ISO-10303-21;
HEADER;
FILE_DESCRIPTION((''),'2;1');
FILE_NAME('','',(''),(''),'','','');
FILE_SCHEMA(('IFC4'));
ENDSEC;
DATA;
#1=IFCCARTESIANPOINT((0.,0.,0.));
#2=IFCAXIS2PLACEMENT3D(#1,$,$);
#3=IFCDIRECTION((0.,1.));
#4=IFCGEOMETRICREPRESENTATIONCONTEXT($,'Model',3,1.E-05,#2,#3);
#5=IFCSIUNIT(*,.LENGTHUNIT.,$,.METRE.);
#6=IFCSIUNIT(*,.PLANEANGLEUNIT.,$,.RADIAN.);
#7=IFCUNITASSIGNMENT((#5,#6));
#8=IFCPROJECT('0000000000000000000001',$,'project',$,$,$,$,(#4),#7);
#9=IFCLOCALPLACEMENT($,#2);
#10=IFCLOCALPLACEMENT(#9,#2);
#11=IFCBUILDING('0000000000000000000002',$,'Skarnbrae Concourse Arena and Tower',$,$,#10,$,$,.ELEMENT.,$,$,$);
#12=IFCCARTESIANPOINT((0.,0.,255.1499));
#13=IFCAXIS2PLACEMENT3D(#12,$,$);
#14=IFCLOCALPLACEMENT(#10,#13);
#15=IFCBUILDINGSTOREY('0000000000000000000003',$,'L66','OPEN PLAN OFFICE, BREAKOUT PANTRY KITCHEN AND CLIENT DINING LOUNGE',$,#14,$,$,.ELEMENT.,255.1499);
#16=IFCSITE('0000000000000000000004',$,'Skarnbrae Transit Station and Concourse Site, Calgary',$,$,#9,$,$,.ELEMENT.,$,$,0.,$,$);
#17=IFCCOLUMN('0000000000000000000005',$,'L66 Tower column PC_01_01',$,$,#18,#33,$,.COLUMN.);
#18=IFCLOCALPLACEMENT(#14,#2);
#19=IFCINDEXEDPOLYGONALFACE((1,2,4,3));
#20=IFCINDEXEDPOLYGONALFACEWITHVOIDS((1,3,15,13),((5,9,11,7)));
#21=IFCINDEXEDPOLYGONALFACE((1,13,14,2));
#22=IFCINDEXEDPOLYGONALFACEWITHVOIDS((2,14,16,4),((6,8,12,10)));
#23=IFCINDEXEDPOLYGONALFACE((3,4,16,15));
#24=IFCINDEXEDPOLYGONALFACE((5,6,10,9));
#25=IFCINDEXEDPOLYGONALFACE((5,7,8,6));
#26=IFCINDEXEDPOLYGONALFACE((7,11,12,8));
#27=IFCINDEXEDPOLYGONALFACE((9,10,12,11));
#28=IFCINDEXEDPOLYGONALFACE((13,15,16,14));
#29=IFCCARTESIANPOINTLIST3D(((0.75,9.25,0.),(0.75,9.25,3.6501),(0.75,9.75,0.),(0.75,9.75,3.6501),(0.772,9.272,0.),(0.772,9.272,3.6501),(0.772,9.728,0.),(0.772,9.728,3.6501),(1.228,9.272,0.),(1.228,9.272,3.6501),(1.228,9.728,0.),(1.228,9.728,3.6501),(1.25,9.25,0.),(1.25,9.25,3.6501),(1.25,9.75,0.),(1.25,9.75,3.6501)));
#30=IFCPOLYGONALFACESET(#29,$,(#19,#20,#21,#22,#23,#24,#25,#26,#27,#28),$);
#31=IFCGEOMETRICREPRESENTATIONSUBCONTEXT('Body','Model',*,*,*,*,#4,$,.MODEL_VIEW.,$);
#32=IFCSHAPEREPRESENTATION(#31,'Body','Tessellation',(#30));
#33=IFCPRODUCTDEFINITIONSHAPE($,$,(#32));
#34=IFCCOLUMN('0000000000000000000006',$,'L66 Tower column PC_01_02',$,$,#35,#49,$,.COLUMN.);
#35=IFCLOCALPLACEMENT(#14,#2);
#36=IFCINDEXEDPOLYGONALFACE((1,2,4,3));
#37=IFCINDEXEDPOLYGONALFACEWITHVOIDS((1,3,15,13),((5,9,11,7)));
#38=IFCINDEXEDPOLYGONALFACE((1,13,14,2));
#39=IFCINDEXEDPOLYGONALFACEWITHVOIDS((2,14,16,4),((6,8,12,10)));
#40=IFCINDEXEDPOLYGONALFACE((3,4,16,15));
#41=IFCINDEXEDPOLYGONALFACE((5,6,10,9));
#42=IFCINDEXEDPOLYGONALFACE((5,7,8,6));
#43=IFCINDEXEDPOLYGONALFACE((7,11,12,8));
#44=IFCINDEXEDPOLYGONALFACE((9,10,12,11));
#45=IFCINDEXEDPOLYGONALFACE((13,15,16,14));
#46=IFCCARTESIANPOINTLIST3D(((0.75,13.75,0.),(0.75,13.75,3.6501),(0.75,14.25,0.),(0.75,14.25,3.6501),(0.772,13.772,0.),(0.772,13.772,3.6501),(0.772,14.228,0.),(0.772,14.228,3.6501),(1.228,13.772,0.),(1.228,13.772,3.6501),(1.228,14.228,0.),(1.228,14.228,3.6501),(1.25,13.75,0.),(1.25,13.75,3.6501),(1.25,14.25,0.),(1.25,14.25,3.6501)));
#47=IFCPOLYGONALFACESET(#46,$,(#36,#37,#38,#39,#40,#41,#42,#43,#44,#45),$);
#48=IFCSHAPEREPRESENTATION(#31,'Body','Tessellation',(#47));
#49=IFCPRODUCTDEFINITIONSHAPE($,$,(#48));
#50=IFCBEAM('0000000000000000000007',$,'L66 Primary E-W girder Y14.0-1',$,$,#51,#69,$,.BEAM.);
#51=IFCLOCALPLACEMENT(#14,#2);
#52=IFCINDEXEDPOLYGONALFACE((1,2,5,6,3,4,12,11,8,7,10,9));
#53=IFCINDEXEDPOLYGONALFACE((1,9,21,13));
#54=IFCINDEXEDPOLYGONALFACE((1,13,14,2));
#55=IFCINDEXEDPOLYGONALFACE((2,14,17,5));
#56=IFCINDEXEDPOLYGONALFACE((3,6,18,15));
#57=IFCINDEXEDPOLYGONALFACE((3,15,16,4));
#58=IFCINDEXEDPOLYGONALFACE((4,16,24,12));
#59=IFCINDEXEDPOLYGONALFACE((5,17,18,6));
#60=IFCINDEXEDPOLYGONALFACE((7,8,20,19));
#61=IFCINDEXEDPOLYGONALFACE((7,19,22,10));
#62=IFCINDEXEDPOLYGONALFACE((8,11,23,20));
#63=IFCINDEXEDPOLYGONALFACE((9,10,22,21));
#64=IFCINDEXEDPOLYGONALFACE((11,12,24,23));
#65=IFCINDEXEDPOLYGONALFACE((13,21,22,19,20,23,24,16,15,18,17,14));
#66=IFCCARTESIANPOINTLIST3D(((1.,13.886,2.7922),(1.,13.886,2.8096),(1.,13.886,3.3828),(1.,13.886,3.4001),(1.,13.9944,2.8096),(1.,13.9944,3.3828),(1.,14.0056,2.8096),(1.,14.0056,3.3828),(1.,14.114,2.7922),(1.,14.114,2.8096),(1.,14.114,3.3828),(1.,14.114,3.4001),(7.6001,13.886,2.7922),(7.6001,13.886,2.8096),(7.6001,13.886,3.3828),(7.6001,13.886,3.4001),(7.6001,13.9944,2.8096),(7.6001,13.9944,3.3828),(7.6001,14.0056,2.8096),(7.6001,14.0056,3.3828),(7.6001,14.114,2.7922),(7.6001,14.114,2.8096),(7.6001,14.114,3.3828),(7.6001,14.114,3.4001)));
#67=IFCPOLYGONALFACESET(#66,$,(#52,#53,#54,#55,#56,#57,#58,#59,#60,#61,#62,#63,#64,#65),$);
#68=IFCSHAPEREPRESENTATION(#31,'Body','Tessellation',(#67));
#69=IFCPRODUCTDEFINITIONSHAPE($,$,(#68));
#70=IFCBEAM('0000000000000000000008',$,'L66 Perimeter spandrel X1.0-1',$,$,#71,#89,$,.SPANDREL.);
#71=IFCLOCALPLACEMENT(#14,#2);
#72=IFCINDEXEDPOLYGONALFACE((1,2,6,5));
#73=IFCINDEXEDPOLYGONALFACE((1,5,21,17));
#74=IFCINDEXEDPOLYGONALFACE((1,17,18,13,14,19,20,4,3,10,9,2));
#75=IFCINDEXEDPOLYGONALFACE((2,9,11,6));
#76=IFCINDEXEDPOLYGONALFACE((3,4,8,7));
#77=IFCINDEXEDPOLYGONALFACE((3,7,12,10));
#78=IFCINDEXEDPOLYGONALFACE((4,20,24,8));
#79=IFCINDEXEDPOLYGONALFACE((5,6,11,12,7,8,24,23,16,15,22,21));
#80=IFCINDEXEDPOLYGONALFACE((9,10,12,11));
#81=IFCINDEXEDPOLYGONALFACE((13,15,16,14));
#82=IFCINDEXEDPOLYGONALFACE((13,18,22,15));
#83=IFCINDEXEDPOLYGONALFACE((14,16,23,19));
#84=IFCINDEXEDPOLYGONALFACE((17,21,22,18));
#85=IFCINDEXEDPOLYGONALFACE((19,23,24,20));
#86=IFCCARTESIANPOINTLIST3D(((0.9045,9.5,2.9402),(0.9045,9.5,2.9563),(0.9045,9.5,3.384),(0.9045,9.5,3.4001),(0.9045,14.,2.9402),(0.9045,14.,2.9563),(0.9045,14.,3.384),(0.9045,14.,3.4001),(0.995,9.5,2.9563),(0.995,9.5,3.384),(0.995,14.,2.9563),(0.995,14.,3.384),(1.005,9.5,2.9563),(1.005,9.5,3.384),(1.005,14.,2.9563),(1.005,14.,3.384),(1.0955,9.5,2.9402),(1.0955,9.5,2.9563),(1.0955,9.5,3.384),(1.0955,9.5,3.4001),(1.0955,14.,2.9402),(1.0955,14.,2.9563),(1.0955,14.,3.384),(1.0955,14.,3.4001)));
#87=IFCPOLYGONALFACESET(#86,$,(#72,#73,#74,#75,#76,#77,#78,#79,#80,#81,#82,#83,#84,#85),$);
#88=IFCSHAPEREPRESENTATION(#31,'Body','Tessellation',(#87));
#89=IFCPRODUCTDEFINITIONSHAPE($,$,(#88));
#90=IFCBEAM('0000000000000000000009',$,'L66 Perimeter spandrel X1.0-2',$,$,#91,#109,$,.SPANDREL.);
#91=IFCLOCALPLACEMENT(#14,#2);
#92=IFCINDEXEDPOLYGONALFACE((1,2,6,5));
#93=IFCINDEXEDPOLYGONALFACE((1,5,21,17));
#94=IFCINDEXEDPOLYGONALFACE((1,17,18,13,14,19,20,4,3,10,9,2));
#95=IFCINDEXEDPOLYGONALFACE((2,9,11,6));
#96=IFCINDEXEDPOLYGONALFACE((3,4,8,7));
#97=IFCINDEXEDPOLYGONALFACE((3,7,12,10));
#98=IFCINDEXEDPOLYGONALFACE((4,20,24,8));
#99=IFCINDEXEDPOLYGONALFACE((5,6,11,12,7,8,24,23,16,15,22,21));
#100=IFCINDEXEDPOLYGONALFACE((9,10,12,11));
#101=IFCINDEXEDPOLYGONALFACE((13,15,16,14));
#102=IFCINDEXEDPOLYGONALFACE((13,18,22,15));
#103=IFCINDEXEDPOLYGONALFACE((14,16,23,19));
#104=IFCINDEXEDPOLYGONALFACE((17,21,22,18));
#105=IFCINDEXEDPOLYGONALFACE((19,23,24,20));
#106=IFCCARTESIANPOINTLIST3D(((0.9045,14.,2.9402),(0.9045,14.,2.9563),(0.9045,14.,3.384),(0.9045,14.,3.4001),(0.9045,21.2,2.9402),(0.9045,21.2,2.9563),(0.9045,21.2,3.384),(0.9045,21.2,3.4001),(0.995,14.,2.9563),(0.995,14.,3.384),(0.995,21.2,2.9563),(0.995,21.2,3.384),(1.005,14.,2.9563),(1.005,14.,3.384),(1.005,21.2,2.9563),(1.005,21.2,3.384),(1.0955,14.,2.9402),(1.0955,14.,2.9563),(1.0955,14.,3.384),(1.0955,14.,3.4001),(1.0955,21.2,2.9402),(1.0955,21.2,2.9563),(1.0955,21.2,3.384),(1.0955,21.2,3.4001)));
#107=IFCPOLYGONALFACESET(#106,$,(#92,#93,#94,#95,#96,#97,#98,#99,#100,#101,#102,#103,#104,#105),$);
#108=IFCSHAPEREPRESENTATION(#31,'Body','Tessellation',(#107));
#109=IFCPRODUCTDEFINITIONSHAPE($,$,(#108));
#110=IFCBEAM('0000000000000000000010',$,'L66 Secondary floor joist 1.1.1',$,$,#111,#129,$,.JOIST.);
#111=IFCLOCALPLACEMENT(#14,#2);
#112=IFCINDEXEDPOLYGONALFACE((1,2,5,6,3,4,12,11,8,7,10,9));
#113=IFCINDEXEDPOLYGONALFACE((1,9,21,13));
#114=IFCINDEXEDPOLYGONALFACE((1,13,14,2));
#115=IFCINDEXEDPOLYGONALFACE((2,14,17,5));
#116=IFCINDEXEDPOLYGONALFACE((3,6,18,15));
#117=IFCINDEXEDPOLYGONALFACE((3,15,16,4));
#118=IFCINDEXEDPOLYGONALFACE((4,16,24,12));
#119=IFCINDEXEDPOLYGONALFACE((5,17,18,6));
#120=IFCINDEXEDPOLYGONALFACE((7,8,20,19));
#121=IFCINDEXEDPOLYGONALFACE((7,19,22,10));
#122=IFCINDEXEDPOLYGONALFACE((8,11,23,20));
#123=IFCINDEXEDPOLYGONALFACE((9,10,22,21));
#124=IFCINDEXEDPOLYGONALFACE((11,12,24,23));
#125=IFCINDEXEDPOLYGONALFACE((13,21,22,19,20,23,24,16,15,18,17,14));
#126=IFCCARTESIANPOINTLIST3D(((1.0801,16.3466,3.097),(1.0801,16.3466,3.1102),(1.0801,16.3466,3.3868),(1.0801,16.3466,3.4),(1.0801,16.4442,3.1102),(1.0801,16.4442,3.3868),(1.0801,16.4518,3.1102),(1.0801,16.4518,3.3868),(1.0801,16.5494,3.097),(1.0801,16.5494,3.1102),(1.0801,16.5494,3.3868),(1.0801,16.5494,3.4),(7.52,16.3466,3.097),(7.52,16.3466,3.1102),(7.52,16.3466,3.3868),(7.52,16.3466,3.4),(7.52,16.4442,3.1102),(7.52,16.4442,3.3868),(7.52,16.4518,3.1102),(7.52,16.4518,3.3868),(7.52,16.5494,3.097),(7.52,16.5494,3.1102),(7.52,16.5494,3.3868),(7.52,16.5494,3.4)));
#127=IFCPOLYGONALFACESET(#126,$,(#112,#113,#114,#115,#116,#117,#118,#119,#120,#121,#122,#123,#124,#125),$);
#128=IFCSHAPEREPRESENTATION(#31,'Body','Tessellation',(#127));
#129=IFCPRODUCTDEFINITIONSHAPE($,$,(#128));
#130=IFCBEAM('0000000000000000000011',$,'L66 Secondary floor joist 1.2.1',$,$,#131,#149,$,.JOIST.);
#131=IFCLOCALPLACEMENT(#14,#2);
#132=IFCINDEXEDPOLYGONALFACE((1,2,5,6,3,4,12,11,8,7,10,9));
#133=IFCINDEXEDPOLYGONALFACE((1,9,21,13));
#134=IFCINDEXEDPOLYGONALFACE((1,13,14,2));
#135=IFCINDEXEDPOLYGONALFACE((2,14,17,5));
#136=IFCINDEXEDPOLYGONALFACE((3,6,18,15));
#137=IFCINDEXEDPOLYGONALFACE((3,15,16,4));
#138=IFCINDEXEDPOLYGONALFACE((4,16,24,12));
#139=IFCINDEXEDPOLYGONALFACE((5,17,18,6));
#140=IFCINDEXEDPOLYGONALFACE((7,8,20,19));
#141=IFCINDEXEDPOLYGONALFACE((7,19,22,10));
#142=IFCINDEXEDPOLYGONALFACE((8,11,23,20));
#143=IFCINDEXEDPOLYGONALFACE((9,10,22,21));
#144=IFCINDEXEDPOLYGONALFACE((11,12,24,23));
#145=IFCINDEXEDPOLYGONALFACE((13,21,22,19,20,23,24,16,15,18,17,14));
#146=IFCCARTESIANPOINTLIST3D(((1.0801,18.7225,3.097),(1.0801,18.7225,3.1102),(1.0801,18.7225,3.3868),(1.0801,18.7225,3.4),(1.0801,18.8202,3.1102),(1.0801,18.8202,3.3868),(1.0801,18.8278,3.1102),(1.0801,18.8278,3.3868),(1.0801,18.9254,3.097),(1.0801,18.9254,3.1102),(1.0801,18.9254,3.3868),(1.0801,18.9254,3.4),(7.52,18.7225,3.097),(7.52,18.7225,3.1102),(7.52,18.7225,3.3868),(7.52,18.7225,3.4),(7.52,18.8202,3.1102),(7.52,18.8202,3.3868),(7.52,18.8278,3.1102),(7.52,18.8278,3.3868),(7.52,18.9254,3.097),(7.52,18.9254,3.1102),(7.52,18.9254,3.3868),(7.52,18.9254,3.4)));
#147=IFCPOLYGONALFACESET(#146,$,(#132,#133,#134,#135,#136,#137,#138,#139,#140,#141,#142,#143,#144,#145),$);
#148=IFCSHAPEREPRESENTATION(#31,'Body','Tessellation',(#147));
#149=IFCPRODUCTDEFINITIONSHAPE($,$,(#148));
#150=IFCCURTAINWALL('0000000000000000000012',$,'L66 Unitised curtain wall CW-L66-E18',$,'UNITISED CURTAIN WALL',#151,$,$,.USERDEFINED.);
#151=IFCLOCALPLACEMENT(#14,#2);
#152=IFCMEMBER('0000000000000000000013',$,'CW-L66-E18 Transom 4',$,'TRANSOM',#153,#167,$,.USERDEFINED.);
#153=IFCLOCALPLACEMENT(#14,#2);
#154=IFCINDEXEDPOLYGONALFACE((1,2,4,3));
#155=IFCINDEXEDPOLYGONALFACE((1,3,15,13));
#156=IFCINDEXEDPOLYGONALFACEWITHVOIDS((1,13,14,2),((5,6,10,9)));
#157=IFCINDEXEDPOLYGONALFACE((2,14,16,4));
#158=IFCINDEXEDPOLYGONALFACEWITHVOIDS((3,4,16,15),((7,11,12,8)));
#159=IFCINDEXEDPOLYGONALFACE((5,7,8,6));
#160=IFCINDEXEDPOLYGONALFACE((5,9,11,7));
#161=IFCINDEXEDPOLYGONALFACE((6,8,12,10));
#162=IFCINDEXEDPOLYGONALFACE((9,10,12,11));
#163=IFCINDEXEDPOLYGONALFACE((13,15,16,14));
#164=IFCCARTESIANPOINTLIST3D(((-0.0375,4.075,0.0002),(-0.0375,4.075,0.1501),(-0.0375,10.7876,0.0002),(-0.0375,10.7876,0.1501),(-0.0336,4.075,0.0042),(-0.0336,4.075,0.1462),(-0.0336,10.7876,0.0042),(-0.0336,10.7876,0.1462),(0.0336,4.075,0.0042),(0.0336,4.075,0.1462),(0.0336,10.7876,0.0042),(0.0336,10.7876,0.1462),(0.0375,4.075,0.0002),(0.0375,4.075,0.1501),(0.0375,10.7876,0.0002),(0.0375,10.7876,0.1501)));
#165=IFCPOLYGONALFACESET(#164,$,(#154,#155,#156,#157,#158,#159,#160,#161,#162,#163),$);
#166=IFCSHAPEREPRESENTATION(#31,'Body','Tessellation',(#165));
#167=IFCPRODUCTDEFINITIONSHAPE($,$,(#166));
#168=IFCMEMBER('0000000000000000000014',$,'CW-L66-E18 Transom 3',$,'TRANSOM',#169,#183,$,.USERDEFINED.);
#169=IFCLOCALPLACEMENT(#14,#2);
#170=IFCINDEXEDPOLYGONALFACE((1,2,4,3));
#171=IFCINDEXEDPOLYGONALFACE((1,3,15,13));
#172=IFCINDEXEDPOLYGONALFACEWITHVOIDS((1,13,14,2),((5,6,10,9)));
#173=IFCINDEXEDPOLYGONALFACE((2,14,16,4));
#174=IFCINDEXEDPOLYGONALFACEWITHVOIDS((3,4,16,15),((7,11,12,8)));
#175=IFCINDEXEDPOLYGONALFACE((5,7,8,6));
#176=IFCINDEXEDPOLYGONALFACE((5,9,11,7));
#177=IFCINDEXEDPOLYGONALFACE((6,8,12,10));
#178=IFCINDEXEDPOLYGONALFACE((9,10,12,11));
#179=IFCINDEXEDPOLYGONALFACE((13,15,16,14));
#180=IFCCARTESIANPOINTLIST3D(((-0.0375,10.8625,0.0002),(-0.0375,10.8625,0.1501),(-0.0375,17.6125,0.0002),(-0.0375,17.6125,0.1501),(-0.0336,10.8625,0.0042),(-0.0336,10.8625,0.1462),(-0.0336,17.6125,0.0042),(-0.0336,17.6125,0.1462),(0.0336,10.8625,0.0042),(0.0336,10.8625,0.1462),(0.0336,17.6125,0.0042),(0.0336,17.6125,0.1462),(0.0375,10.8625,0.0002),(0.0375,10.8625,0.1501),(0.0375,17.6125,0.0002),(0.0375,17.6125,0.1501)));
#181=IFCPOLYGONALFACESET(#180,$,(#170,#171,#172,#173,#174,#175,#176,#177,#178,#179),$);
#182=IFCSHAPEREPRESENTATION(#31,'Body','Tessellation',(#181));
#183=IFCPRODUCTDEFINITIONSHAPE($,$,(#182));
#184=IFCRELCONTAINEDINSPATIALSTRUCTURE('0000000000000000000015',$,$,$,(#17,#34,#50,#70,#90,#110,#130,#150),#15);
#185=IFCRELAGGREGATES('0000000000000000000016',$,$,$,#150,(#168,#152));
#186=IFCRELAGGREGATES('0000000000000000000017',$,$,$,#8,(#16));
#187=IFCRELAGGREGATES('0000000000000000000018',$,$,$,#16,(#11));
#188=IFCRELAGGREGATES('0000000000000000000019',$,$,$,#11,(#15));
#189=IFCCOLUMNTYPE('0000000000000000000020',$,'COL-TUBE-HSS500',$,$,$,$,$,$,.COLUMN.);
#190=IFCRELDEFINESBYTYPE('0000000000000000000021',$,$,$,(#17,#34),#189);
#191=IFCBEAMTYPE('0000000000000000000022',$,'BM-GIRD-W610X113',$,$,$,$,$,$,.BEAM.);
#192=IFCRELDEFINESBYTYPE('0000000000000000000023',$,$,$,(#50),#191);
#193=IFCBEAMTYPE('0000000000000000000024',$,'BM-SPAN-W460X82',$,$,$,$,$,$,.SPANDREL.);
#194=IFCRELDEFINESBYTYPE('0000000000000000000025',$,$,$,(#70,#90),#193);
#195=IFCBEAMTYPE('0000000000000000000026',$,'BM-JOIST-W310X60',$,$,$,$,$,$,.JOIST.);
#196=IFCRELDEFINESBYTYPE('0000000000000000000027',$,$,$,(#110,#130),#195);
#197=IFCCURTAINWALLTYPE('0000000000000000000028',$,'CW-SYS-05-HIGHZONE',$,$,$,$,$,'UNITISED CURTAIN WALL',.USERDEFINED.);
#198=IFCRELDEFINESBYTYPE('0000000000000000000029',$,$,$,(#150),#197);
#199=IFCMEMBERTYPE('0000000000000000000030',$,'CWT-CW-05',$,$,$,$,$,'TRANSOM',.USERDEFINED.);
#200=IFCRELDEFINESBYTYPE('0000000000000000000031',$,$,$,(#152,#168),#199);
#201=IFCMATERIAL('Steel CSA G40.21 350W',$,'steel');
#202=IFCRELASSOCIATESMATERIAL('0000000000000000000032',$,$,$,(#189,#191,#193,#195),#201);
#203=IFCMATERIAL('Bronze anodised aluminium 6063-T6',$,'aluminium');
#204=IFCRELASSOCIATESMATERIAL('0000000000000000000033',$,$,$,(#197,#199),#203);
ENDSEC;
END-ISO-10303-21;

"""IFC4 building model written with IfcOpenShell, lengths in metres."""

from ifc_helpers import new_model, si_unit, direction, frame, origin, origin_2d, place, context, subcontext, project, spatial, hollow_rectangle, i_section, extrude, source, transform, mapped, material, material_profile, profile_set, type_object, element, aggregate, save


model = new_model("IFC4")

# Units and contexts
model_context = context("Model", 3, precision=1e-05, world=origin(), true_north=direction((0.0, 1.0)))
body_context = subcontext(model_context, "Body", "Model", "MODEL_VIEW")
ifc_project = project(units=[si_unit("LENGTHUNIT", "METRE"), si_unit("PLANEANGLEUNIT", "RADIAN")], contexts=[model_context])

# Site, building, storey
site_placement = place(None, origin())
site = spatial("IfcSite", under=ifc_project, at=site_placement, Name="Skarnbrae Transit Station and Concourse Site, Calgary", CompositionType="ELEMENT", RefElevation=0.0)
building_placement = place(site_placement, origin())
building = spatial("IfcBuilding", under=site, at=building_placement, Name="Skarnbrae Concourse Arena and Tower", CompositionType="ELEMENT")
storey_placement = place(building_placement, frame((0.0, 0.0, 255.1499)))
storey = spatial("IfcBuildingStorey", under=building, at=storey_placement, Name="L66", Description="OPEN PLAN OFFICE, BREAKOUT PANTRY KITCHEN AND CLIENT DINING LOUNGE", CompositionType="ELEMENT", Elevation=255.1499)

# Columns
ifc_material_1 = material(Name="Steel CSA G40.21 350W", Category="steel")
ifc_material_profile_1 = material_profile(ifc_material_1, hollow_rectangle(XDim=0.5, YDim=0.5, WallThickness=0.022, at=origin_2d()), Name="HSS500X500X22.0")
ifc_profile_set_1 = profile_set([ifc_material_profile_1], Name="Steel CSA G40.21 350W")
column_type = type_object("IfcColumnType", Name="COL-TUBE-HSS500", PredefinedType="COLUMN", material=ifc_profile_set_1)
shared_shape_1 = source(origin(), body_context, "Body", "SweptSolid", [
    extrude(hollow_rectangle(XDim=0.5, YDim=0.5, WallThickness=0.022, at=origin_2d()), origin(), (0.0, 0.0, 1.0), 3.6501),
])
for number, where, z_axis, x_axis, name in (
    (1, (1.0, 9.5, 0.0), (0.0, 0.0, 1.0), (1.0, 0.0, 0.0), "L66 Tower column PC_01_01"),
    (2, (1.0, 14.0, 0.0), (0.0, 0.0, 1.0), (1.0, 0.0, 0.0), "L66 Tower column PC_01_02"),
):
    element("IfcColumn", number, at=place(storey_placement, frame(where, z_axis=z_axis, x_axis=x_axis)), inside=storey, type_object=column_type, Name=name, PredefinedType="COLUMN", context=body_context, shape_type="MappedRepresentation", body=[
        mapped(shared_shape_1, transform((0.0, 0.0, 0.0))),
    ])

# Beams
ifc_material_profile_2 = material_profile(ifc_material_1, i_section(OverallWidth=0.228, OverallDepth=0.6079, WebThickness=0.0112, FlangeThickness=0.0173, at=origin_2d()), Name="W610X113")
ifc_profile_set_2 = profile_set([ifc_material_profile_2], Name="Steel CSA G40.21 350W")
beam_type_1 = type_object("IfcBeamType", Name="BM-GIRD-W610X113", PredefinedType="BEAM", material=ifc_profile_set_2)
shared_shape_2 = source(origin(), body_context, "Body", "SweptSolid", [
    extrude(i_section(OverallWidth=0.228, OverallDepth=0.6079, WebThickness=0.0112, FlangeThickness=0.0173, at=origin_2d()), origin(), (0.0, 0.0, 1.0), 6.6001),
])
beam_1_placement = place(storey_placement, frame((1.0, 14.0, 3.0962), z_axis=(1.0, 0.0, 0.0), x_axis=(0.0, 1.0, 0.0)))
element("IfcBeam", 3, at=beam_1_placement, inside=storey, type_object=beam_type_1, Name="L66 Primary E-W girder Y14.0-1", PredefinedType="BEAM", context=body_context, shape_type="MappedRepresentation", body=[
    mapped(shared_shape_2, transform((0.0, 0.0, 0.0))),
])
ifc_material_profile_3 = material_profile(ifc_material_1, i_section(OverallWidth=0.1909, OverallDepth=0.46, WebThickness=0.01, FlangeThickness=0.0161, at=origin_2d()), Name="W460X82")
ifc_profile_set_3 = profile_set([ifc_material_profile_3], Name="Steel CSA G40.21 350W")
beam_type_2 = type_object("IfcBeamType", Name="BM-SPAN-W460X82", PredefinedType="SPANDREL", material=ifc_profile_set_3)
shared_shape_3 = source(origin(), body_context, "Body", "SweptSolid", [
    extrude(i_section(OverallWidth=0.1909, OverallDepth=0.46, WebThickness=0.01, FlangeThickness=0.0161, at=origin_2d()), origin(), (0.0, 0.0, 1.0), 4.5),
])
beam_2_placement = place(storey_placement, frame((1.0, 9.5, 3.1702), z_axis=(0.0, 1.0, 0.0), x_axis=(-1.0, 0.0, 0.0)))
element("IfcBeam", 4, at=beam_2_placement, inside=storey, type_object=beam_type_2, Name="L66 Perimeter spandrel X1.0-1", PredefinedType="SPANDREL", context=body_context, shape_type="MappedRepresentation", body=[
    mapped(shared_shape_3, transform((0.0, 0.0, 0.0))),
])
shared_shape_4 = source(origin(), body_context, "Body", "SweptSolid", [
    extrude(i_section(OverallWidth=0.1909, OverallDepth=0.46, WebThickness=0.01, FlangeThickness=0.0161, at=origin_2d()), origin(), (0.0, 0.0, 1.0), 7.2),
])
beam_3_placement = place(storey_placement, frame((1.0, 14.0, 3.1702), z_axis=(0.0, 1.0, 0.0), x_axis=(-1.0, 0.0, 0.0)))
element("IfcBeam", 5, at=beam_3_placement, inside=storey, type_object=beam_type_2, Name="L66 Perimeter spandrel X1.0-2", PredefinedType="SPANDREL", context=body_context, shape_type="MappedRepresentation", body=[
    mapped(shared_shape_4, transform((0.0, 0.0, 0.0))),
])
ifc_material_profile_4 = material_profile(ifc_material_1, i_section(OverallWidth=0.2029, OverallDepth=0.303, WebThickness=0.0076, FlangeThickness=0.0132, at=origin_2d()), Name="W310X60")
ifc_profile_set_4 = profile_set([ifc_material_profile_4], Name="Steel CSA G40.21 350W")
beam_type_3 = type_object("IfcBeamType", Name="BM-JOIST-W310X60", PredefinedType="JOIST", material=ifc_profile_set_4)
shared_shape_5 = source(origin(), body_context, "Body", "SweptSolid", [
    extrude(i_section(OverallWidth=0.2029, OverallDepth=0.303, WebThickness=0.0076, FlangeThickness=0.0132, at=origin_2d()), origin(), (0.0, 0.0, 1.0), 6.4399),
])
for number, where, z_axis, x_axis, name in (
    (6, (1.0801, 16.448, 3.2485), (1.0, 0.0, 0.0), (0.0, 1.0, 0.0), "L66 Secondary floor joist 1.1.1"),
    (7, (1.0801, 18.824, 3.2485), (1.0, 0.0, 0.0), (0.0, 1.0, 0.0), "L66 Secondary floor joist 1.2.1"),
):
    element("IfcBeam", number, at=place(storey_placement, frame(where, z_axis=z_axis, x_axis=x_axis)), inside=storey, type_object=beam_type_3, Name=name, PredefinedType="JOIST", context=body_context, shape_type="MappedRepresentation", body=[
        mapped(shared_shape_5, transform((0.0, 0.0, 0.0))),
    ])

# Curtain wall, members
ifc_material_2 = material(Name="Bronze anodised aluminium 6063-T6", Category="aluminium")
curtain_wall_type = type_object("IfcCurtainWallType", Name="CW-SYS-05-HIGHZONE", ElementType="UNITISED CURTAIN WALL", PredefinedType="USERDEFINED", material=ifc_material_2)
curtain_wall_placement = place(storey_placement, origin())
curtain_wall = element("IfcCurtainWall", 8, at=curtain_wall_placement, inside=storey, type_object=curtain_wall_type, Name="L66 Unitised curtain wall CW-L66-E18", ObjectType="UNITISED CURTAIN WALL", PredefinedType="USERDEFINED")
ifc_material_profile_5 = material_profile(ifc_material_2, hollow_rectangle(XDim=0.075, YDim=0.1499, WallThickness=0.0039, at=origin_2d()), Name="ALU-TRAN-75X150")
ifc_profile_set_5 = profile_set([ifc_material_profile_5], Name="Bronze anodised aluminium 6063-T6")
member_type_1 = type_object("IfcMemberType", Name="CWT-CW-05", ElementType="TRANSOM", PredefinedType="USERDEFINED", material=ifc_profile_set_5)
shared_shape_6 = source(origin(), body_context, "Body", "SweptSolid", [
    extrude(hollow_rectangle(XDim=0.075, YDim=0.1499, WallThickness=0.0039, at=origin_2d()), origin(), (0.0, 0.0, 1.0), 6.7126),
])
member_1_placement = place(storey_placement, frame((0.0, 10.7876, 0.0752), z_axis=(0.0, -1.0, 0.0), x_axis=(1.0, 0.0, 0.0)))
member_1 = element("IfcMember", 9, at=member_1_placement, type_object=member_type_1, Name="CW-L66-E18 Transom 4", ObjectType="TRANSOM", PredefinedType="USERDEFINED", context=body_context, shape_type="MappedRepresentation", body=[
    mapped(shared_shape_6, transform((0.0, 0.0, 0.0))),
])
shared_shape_7 = source(origin(), body_context, "Body", "SweptSolid", [
    extrude(hollow_rectangle(XDim=0.075, YDim=0.1499, WallThickness=0.0039, at=origin_2d()), origin(), (0.0, 0.0, 1.0), 6.75),
])
member_2_placement = place(storey_placement, frame((0.0, 17.6125, 0.0752), z_axis=(0.0, -1.0, 0.0), x_axis=(1.0, 0.0, 0.0)))
member_2 = element("IfcMember", 10, at=member_2_placement, type_object=member_type_1, Name="CW-L66-E18 Transom 3", ObjectType="TRANSOM", PredefinedType="USERDEFINED", context=body_context, shape_type="MappedRepresentation", body=[
    mapped(shared_shape_7, transform((0.0, 0.0, 0.0))),
])

aggregate(curtain_wall, [member_2, member_1])

save(model, "model.ifc")
